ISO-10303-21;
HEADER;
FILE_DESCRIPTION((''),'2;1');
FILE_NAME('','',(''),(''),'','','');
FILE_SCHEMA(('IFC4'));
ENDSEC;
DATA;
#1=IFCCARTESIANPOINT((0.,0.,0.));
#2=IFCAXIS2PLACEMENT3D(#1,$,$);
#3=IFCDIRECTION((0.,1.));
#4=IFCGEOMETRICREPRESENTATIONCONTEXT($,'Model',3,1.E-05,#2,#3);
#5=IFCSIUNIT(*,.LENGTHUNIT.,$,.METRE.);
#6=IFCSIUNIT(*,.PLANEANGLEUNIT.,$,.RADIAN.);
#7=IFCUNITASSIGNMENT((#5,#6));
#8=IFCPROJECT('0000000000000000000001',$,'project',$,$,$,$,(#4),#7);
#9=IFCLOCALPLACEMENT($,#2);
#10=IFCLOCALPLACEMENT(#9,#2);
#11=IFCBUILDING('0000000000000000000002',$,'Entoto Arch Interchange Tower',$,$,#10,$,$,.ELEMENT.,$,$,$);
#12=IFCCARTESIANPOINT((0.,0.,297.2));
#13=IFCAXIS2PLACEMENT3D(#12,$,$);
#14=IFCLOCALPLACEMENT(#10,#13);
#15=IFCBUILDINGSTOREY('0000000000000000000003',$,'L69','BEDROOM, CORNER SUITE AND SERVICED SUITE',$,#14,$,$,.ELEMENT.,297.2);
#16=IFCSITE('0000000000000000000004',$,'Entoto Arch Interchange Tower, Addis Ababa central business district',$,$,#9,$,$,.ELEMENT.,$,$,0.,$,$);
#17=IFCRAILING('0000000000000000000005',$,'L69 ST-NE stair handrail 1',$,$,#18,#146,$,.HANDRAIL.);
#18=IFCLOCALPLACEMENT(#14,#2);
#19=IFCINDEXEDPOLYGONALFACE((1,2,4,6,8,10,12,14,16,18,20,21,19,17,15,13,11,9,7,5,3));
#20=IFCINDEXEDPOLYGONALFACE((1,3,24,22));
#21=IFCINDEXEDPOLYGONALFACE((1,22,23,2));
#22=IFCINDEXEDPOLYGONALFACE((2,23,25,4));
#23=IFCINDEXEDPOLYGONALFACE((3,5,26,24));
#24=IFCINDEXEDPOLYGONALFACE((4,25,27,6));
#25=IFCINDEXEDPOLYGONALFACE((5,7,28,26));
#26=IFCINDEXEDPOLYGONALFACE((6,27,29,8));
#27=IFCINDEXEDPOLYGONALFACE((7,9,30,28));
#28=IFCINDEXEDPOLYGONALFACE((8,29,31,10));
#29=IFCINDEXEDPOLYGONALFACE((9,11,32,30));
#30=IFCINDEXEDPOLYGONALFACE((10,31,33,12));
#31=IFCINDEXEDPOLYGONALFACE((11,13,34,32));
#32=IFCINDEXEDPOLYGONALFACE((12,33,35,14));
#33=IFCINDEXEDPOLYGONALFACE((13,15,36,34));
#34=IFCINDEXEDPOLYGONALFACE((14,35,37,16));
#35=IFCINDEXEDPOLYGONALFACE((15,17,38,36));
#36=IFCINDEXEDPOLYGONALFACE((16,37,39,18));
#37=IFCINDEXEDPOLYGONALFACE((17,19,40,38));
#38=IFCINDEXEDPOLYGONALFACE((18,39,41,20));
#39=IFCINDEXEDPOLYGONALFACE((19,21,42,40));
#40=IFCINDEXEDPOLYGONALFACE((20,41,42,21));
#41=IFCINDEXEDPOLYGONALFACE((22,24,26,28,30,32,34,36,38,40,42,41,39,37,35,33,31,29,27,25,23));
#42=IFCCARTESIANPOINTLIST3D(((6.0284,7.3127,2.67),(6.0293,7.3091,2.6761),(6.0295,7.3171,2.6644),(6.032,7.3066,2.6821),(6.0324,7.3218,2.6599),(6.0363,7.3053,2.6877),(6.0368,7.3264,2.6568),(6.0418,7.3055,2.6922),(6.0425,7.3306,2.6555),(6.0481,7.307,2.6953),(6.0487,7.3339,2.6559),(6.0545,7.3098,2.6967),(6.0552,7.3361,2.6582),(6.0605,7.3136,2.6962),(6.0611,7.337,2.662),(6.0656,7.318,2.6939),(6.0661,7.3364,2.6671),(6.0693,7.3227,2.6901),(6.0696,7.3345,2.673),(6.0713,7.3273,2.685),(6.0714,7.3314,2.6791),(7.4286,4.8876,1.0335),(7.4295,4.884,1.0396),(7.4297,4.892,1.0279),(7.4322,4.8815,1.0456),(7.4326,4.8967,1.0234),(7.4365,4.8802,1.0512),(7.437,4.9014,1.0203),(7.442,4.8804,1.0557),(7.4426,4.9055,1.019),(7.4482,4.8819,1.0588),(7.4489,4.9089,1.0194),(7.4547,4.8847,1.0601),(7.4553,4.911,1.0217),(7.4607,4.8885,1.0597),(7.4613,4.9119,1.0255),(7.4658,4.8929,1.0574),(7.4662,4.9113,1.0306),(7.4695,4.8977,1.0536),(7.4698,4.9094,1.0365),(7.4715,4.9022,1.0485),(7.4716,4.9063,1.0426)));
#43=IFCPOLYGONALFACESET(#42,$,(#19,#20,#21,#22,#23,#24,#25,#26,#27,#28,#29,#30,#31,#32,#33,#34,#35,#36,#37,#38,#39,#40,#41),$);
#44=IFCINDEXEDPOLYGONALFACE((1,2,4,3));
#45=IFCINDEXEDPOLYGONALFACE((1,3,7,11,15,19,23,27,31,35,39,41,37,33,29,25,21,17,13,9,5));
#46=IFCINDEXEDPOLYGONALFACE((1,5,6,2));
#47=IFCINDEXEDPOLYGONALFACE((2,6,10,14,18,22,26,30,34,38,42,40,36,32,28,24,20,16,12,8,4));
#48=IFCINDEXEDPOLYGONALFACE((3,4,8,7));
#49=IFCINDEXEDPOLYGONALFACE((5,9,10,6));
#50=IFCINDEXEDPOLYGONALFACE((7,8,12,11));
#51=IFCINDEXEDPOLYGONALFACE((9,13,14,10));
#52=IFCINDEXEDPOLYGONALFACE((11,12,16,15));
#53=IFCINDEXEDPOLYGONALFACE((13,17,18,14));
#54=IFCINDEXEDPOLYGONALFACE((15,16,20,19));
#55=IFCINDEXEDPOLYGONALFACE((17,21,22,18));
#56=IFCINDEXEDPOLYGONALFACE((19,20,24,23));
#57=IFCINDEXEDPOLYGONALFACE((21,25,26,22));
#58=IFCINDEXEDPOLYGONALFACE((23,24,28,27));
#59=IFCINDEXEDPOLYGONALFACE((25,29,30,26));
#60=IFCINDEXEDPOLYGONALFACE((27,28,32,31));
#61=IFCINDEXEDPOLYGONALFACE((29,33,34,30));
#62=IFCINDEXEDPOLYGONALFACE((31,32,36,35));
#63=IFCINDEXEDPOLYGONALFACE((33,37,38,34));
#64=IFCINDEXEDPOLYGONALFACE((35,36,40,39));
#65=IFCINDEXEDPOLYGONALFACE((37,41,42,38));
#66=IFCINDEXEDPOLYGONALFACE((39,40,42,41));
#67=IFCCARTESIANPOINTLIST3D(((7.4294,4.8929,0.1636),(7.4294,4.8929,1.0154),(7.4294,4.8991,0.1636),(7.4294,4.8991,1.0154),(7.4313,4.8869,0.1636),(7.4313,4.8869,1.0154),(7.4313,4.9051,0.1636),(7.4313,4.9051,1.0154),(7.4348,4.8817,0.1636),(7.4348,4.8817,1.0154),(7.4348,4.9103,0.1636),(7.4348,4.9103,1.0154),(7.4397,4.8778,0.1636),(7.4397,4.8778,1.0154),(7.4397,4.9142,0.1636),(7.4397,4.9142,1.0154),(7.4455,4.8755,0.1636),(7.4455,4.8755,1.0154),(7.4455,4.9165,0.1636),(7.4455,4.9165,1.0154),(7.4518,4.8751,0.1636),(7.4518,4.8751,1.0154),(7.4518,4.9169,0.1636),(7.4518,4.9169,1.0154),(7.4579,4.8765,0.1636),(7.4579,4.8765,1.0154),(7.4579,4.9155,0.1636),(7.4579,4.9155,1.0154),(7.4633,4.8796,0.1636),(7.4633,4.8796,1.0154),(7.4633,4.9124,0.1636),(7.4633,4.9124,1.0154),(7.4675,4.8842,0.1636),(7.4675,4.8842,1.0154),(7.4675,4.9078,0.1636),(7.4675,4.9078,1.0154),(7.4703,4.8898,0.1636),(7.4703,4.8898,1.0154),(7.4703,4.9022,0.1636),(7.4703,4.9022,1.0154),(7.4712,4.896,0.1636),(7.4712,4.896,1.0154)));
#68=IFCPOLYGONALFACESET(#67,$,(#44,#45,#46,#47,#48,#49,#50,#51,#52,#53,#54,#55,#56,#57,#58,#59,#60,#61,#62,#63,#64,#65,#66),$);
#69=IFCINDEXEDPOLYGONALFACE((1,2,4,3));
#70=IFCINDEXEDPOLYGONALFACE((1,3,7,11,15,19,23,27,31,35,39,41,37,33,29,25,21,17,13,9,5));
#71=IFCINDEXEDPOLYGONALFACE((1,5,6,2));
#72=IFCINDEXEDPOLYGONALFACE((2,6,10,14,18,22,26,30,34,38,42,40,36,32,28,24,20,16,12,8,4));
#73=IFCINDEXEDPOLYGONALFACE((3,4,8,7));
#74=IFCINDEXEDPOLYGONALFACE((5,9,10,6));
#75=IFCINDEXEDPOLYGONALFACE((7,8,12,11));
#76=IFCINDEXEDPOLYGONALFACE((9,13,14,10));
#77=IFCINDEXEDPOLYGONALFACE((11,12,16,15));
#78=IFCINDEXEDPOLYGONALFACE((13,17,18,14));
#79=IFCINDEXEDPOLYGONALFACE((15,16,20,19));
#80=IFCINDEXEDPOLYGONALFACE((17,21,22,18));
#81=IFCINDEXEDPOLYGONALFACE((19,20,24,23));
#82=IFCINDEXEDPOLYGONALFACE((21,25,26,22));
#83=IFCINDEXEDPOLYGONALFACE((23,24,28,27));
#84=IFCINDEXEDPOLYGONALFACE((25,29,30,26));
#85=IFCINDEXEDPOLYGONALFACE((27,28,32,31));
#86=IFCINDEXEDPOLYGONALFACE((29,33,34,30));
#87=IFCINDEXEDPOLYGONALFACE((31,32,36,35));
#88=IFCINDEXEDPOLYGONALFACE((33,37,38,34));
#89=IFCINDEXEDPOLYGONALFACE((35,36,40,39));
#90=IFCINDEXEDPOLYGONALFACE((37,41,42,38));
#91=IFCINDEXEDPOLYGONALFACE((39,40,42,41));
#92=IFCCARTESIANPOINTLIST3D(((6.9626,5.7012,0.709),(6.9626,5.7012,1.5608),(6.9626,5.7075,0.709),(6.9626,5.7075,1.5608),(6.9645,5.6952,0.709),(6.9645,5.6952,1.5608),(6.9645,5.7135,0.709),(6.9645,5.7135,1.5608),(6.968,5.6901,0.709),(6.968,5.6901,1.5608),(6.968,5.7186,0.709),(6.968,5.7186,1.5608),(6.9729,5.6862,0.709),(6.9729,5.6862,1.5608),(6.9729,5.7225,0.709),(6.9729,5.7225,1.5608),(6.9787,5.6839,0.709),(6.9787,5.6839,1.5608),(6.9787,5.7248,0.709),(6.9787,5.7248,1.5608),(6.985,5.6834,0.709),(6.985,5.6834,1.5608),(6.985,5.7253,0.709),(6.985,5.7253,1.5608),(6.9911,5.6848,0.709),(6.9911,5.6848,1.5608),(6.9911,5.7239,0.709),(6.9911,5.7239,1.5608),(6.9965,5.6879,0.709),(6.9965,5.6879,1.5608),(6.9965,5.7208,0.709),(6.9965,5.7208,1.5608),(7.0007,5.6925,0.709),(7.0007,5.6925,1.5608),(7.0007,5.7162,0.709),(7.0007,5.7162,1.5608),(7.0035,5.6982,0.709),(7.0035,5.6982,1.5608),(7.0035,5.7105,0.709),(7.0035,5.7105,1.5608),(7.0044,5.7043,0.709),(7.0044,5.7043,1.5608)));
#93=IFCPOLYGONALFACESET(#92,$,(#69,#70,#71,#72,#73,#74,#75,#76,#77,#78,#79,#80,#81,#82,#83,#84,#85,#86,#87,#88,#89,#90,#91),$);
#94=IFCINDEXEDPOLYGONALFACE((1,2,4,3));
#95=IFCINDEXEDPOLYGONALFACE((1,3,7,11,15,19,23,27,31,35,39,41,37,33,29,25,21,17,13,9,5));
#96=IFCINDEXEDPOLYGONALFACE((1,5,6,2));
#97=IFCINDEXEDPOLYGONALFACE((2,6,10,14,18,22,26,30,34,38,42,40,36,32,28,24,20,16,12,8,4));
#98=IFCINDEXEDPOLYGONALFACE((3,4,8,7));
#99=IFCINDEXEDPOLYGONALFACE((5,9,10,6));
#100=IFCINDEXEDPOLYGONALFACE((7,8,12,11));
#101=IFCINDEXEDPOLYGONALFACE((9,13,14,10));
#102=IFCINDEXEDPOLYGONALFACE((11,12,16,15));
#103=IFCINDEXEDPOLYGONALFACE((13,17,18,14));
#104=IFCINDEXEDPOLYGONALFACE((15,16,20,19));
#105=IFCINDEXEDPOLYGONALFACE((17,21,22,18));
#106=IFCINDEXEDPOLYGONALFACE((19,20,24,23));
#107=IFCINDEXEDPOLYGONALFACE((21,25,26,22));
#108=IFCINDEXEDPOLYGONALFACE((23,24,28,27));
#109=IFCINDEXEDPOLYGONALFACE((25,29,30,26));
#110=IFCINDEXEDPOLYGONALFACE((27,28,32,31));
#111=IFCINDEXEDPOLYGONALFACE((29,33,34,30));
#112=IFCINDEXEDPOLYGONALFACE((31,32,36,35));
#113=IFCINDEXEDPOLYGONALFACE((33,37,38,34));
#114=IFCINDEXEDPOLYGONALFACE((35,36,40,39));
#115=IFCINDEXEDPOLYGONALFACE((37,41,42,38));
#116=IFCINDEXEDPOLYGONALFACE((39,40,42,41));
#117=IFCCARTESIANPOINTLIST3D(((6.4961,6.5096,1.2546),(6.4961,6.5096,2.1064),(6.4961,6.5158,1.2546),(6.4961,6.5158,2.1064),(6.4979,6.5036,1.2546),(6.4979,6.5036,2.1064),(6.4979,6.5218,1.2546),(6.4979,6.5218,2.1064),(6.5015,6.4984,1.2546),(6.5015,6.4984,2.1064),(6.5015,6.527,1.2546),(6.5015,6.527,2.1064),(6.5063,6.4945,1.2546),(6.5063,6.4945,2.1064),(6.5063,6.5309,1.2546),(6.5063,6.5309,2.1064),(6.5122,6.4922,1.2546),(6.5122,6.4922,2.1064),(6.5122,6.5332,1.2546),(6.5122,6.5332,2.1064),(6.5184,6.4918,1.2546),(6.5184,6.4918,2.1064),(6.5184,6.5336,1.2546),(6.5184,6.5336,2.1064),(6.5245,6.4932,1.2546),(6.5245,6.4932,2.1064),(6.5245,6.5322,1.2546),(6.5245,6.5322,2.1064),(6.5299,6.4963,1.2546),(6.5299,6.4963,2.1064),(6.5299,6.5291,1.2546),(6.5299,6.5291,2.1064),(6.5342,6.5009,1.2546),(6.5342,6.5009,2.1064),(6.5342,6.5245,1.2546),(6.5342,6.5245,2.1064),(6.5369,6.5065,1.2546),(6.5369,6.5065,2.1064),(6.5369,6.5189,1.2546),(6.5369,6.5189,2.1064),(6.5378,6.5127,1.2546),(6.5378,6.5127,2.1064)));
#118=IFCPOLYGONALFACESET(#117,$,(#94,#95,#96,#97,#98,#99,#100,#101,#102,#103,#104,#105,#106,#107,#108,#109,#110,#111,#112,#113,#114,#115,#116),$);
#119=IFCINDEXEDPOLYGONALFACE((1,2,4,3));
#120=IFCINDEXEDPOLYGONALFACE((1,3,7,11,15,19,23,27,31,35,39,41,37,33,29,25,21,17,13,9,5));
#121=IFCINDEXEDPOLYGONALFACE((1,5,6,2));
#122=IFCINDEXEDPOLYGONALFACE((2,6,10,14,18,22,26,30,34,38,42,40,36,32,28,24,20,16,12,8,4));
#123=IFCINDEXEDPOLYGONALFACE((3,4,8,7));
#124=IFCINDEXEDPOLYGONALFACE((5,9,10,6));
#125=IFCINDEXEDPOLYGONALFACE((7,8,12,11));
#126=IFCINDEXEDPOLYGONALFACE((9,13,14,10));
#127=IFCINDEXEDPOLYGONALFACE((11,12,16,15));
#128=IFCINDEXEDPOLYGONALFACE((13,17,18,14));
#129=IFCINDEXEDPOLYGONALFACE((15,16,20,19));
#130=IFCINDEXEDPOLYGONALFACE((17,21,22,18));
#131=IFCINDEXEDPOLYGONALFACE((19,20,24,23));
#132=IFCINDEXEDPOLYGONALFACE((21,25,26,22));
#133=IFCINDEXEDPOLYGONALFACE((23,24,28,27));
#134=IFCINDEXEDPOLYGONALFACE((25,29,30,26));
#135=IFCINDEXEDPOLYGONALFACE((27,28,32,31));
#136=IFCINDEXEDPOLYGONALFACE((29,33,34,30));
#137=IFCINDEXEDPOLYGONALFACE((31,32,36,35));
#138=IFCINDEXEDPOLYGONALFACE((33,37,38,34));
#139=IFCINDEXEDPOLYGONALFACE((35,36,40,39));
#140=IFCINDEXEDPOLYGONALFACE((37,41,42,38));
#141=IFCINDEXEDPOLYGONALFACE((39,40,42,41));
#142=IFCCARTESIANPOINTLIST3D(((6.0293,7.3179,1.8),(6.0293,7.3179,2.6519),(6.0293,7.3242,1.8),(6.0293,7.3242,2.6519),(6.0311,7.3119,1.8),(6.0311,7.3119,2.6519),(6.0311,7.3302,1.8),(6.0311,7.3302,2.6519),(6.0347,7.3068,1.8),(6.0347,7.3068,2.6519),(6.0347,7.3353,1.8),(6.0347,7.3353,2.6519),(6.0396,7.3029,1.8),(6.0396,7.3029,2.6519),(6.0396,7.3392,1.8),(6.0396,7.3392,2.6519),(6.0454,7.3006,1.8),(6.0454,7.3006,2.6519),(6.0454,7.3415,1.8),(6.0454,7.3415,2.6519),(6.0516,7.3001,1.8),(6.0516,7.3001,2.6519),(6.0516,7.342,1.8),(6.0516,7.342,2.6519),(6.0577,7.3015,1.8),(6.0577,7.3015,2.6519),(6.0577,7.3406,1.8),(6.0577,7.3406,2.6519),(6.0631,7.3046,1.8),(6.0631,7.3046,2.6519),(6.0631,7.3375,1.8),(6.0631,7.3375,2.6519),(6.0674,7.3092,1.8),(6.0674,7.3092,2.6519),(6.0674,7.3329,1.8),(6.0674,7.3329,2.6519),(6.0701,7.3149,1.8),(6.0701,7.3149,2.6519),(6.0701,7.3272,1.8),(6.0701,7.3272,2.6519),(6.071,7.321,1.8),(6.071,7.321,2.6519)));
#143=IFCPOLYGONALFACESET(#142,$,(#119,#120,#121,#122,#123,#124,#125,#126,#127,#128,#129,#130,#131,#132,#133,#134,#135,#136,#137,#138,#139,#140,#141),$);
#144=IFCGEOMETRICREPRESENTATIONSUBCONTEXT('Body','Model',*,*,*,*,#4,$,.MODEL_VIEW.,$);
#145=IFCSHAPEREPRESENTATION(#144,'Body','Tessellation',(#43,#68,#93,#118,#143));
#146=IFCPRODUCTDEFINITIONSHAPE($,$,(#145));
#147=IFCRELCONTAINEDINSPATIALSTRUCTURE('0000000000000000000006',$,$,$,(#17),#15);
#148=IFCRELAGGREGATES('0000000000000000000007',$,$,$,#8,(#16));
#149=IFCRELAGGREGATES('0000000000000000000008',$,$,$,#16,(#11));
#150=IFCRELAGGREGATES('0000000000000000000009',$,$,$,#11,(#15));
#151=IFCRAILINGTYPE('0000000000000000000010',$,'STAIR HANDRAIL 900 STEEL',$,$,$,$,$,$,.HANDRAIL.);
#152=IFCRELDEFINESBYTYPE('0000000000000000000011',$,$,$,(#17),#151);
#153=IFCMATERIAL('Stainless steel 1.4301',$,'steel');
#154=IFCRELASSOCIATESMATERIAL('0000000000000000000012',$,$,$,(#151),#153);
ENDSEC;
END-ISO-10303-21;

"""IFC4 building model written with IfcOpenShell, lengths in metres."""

from ifc_helpers import new_model, si_unit, direction, frame, origin, origin_2d, place, context, subcontext, project, spatial, circle, extrude, material, type_object, element, save


model = new_model("IFC4")

# Units and contexts
model_context = context("Model", 3, precision=1e-05, world=origin(), true_north=direction((0.0, 1.0)))
body_context = subcontext(model_context, "Body", "Model", "MODEL_VIEW")
ifc_project = project(units=[si_unit("LENGTHUNIT", "METRE"), si_unit("PLANEANGLEUNIT", "RADIAN")], contexts=[model_context])

# Site, building, storey
site_placement = place(None, origin())
site = spatial("IfcSite", under=ifc_project, at=site_placement, Name="Entoto Arch Interchange Tower, Addis Ababa central business district", CompositionType="ELEMENT", RefElevation=0.0)
building_placement = place(site_placement, origin())
building = spatial("IfcBuilding", under=site, at=building_placement, Name="Entoto Arch Interchange Tower", CompositionType="ELEMENT")
storey_placement = place(building_placement, frame((0.0, 0.0, 297.2)))
storey = spatial("IfcBuildingStorey", under=building, at=storey_placement, Name="L69", Description="BEDROOM, CORNER SUITE AND SERVICED SUITE", CompositionType="ELEMENT", Elevation=297.2)

# Railing
ifc_material_1 = material(Name="Stainless steel 1.4301", Category="steel")
railing_type_1 = type_object("IfcRailingType", Name="STAIR HANDRAIL 900 STEEL", PredefinedType="HANDRAIL", material=ifc_material_1)
railing_1_placement = place(storey_placement, frame((7.4502, 4.896, 0.1636)))
element("IfcRailing", 1, at=railing_1_placement, inside=storey, type_object=railing_type_1, Name="L69 ST-NE stair handrail 1", PredefinedType="HANDRAIL", context=body_context, shape_type="SweptSolid", body=[
    extrude(circle(Radius=0.0239, at=origin_2d()), frame((0.0, 0.0, 0.876), z_axis=(-0.431698, 0.747699, 0.504563), x_axis=(-0.866019, -0.500012, 0.0)), (0.0, 0.0, 1.0), 3.2434),
    extrude(circle(Radius=0.021, at=origin_2d()), origin(), (0.0, 0.0, 1.0), 0.8518),
    extrude(circle(Radius=0.021, at=origin_2d()), frame((-0.4668, 0.8083, 0.5454)), (0.0, 0.0, 1.0), 0.8518),
    extrude(circle(Radius=0.021, at=origin_2d()), frame((-0.9333, 1.6167, 1.0911)), (0.0, 0.0, 1.0), 0.8518),
    extrude(circle(Radius=0.021, at=origin_2d()), frame((-1.4001, 2.425, 1.6365)), (0.0, 0.0, 1.0), 0.8518),
])

save(model, "model.ifc")
